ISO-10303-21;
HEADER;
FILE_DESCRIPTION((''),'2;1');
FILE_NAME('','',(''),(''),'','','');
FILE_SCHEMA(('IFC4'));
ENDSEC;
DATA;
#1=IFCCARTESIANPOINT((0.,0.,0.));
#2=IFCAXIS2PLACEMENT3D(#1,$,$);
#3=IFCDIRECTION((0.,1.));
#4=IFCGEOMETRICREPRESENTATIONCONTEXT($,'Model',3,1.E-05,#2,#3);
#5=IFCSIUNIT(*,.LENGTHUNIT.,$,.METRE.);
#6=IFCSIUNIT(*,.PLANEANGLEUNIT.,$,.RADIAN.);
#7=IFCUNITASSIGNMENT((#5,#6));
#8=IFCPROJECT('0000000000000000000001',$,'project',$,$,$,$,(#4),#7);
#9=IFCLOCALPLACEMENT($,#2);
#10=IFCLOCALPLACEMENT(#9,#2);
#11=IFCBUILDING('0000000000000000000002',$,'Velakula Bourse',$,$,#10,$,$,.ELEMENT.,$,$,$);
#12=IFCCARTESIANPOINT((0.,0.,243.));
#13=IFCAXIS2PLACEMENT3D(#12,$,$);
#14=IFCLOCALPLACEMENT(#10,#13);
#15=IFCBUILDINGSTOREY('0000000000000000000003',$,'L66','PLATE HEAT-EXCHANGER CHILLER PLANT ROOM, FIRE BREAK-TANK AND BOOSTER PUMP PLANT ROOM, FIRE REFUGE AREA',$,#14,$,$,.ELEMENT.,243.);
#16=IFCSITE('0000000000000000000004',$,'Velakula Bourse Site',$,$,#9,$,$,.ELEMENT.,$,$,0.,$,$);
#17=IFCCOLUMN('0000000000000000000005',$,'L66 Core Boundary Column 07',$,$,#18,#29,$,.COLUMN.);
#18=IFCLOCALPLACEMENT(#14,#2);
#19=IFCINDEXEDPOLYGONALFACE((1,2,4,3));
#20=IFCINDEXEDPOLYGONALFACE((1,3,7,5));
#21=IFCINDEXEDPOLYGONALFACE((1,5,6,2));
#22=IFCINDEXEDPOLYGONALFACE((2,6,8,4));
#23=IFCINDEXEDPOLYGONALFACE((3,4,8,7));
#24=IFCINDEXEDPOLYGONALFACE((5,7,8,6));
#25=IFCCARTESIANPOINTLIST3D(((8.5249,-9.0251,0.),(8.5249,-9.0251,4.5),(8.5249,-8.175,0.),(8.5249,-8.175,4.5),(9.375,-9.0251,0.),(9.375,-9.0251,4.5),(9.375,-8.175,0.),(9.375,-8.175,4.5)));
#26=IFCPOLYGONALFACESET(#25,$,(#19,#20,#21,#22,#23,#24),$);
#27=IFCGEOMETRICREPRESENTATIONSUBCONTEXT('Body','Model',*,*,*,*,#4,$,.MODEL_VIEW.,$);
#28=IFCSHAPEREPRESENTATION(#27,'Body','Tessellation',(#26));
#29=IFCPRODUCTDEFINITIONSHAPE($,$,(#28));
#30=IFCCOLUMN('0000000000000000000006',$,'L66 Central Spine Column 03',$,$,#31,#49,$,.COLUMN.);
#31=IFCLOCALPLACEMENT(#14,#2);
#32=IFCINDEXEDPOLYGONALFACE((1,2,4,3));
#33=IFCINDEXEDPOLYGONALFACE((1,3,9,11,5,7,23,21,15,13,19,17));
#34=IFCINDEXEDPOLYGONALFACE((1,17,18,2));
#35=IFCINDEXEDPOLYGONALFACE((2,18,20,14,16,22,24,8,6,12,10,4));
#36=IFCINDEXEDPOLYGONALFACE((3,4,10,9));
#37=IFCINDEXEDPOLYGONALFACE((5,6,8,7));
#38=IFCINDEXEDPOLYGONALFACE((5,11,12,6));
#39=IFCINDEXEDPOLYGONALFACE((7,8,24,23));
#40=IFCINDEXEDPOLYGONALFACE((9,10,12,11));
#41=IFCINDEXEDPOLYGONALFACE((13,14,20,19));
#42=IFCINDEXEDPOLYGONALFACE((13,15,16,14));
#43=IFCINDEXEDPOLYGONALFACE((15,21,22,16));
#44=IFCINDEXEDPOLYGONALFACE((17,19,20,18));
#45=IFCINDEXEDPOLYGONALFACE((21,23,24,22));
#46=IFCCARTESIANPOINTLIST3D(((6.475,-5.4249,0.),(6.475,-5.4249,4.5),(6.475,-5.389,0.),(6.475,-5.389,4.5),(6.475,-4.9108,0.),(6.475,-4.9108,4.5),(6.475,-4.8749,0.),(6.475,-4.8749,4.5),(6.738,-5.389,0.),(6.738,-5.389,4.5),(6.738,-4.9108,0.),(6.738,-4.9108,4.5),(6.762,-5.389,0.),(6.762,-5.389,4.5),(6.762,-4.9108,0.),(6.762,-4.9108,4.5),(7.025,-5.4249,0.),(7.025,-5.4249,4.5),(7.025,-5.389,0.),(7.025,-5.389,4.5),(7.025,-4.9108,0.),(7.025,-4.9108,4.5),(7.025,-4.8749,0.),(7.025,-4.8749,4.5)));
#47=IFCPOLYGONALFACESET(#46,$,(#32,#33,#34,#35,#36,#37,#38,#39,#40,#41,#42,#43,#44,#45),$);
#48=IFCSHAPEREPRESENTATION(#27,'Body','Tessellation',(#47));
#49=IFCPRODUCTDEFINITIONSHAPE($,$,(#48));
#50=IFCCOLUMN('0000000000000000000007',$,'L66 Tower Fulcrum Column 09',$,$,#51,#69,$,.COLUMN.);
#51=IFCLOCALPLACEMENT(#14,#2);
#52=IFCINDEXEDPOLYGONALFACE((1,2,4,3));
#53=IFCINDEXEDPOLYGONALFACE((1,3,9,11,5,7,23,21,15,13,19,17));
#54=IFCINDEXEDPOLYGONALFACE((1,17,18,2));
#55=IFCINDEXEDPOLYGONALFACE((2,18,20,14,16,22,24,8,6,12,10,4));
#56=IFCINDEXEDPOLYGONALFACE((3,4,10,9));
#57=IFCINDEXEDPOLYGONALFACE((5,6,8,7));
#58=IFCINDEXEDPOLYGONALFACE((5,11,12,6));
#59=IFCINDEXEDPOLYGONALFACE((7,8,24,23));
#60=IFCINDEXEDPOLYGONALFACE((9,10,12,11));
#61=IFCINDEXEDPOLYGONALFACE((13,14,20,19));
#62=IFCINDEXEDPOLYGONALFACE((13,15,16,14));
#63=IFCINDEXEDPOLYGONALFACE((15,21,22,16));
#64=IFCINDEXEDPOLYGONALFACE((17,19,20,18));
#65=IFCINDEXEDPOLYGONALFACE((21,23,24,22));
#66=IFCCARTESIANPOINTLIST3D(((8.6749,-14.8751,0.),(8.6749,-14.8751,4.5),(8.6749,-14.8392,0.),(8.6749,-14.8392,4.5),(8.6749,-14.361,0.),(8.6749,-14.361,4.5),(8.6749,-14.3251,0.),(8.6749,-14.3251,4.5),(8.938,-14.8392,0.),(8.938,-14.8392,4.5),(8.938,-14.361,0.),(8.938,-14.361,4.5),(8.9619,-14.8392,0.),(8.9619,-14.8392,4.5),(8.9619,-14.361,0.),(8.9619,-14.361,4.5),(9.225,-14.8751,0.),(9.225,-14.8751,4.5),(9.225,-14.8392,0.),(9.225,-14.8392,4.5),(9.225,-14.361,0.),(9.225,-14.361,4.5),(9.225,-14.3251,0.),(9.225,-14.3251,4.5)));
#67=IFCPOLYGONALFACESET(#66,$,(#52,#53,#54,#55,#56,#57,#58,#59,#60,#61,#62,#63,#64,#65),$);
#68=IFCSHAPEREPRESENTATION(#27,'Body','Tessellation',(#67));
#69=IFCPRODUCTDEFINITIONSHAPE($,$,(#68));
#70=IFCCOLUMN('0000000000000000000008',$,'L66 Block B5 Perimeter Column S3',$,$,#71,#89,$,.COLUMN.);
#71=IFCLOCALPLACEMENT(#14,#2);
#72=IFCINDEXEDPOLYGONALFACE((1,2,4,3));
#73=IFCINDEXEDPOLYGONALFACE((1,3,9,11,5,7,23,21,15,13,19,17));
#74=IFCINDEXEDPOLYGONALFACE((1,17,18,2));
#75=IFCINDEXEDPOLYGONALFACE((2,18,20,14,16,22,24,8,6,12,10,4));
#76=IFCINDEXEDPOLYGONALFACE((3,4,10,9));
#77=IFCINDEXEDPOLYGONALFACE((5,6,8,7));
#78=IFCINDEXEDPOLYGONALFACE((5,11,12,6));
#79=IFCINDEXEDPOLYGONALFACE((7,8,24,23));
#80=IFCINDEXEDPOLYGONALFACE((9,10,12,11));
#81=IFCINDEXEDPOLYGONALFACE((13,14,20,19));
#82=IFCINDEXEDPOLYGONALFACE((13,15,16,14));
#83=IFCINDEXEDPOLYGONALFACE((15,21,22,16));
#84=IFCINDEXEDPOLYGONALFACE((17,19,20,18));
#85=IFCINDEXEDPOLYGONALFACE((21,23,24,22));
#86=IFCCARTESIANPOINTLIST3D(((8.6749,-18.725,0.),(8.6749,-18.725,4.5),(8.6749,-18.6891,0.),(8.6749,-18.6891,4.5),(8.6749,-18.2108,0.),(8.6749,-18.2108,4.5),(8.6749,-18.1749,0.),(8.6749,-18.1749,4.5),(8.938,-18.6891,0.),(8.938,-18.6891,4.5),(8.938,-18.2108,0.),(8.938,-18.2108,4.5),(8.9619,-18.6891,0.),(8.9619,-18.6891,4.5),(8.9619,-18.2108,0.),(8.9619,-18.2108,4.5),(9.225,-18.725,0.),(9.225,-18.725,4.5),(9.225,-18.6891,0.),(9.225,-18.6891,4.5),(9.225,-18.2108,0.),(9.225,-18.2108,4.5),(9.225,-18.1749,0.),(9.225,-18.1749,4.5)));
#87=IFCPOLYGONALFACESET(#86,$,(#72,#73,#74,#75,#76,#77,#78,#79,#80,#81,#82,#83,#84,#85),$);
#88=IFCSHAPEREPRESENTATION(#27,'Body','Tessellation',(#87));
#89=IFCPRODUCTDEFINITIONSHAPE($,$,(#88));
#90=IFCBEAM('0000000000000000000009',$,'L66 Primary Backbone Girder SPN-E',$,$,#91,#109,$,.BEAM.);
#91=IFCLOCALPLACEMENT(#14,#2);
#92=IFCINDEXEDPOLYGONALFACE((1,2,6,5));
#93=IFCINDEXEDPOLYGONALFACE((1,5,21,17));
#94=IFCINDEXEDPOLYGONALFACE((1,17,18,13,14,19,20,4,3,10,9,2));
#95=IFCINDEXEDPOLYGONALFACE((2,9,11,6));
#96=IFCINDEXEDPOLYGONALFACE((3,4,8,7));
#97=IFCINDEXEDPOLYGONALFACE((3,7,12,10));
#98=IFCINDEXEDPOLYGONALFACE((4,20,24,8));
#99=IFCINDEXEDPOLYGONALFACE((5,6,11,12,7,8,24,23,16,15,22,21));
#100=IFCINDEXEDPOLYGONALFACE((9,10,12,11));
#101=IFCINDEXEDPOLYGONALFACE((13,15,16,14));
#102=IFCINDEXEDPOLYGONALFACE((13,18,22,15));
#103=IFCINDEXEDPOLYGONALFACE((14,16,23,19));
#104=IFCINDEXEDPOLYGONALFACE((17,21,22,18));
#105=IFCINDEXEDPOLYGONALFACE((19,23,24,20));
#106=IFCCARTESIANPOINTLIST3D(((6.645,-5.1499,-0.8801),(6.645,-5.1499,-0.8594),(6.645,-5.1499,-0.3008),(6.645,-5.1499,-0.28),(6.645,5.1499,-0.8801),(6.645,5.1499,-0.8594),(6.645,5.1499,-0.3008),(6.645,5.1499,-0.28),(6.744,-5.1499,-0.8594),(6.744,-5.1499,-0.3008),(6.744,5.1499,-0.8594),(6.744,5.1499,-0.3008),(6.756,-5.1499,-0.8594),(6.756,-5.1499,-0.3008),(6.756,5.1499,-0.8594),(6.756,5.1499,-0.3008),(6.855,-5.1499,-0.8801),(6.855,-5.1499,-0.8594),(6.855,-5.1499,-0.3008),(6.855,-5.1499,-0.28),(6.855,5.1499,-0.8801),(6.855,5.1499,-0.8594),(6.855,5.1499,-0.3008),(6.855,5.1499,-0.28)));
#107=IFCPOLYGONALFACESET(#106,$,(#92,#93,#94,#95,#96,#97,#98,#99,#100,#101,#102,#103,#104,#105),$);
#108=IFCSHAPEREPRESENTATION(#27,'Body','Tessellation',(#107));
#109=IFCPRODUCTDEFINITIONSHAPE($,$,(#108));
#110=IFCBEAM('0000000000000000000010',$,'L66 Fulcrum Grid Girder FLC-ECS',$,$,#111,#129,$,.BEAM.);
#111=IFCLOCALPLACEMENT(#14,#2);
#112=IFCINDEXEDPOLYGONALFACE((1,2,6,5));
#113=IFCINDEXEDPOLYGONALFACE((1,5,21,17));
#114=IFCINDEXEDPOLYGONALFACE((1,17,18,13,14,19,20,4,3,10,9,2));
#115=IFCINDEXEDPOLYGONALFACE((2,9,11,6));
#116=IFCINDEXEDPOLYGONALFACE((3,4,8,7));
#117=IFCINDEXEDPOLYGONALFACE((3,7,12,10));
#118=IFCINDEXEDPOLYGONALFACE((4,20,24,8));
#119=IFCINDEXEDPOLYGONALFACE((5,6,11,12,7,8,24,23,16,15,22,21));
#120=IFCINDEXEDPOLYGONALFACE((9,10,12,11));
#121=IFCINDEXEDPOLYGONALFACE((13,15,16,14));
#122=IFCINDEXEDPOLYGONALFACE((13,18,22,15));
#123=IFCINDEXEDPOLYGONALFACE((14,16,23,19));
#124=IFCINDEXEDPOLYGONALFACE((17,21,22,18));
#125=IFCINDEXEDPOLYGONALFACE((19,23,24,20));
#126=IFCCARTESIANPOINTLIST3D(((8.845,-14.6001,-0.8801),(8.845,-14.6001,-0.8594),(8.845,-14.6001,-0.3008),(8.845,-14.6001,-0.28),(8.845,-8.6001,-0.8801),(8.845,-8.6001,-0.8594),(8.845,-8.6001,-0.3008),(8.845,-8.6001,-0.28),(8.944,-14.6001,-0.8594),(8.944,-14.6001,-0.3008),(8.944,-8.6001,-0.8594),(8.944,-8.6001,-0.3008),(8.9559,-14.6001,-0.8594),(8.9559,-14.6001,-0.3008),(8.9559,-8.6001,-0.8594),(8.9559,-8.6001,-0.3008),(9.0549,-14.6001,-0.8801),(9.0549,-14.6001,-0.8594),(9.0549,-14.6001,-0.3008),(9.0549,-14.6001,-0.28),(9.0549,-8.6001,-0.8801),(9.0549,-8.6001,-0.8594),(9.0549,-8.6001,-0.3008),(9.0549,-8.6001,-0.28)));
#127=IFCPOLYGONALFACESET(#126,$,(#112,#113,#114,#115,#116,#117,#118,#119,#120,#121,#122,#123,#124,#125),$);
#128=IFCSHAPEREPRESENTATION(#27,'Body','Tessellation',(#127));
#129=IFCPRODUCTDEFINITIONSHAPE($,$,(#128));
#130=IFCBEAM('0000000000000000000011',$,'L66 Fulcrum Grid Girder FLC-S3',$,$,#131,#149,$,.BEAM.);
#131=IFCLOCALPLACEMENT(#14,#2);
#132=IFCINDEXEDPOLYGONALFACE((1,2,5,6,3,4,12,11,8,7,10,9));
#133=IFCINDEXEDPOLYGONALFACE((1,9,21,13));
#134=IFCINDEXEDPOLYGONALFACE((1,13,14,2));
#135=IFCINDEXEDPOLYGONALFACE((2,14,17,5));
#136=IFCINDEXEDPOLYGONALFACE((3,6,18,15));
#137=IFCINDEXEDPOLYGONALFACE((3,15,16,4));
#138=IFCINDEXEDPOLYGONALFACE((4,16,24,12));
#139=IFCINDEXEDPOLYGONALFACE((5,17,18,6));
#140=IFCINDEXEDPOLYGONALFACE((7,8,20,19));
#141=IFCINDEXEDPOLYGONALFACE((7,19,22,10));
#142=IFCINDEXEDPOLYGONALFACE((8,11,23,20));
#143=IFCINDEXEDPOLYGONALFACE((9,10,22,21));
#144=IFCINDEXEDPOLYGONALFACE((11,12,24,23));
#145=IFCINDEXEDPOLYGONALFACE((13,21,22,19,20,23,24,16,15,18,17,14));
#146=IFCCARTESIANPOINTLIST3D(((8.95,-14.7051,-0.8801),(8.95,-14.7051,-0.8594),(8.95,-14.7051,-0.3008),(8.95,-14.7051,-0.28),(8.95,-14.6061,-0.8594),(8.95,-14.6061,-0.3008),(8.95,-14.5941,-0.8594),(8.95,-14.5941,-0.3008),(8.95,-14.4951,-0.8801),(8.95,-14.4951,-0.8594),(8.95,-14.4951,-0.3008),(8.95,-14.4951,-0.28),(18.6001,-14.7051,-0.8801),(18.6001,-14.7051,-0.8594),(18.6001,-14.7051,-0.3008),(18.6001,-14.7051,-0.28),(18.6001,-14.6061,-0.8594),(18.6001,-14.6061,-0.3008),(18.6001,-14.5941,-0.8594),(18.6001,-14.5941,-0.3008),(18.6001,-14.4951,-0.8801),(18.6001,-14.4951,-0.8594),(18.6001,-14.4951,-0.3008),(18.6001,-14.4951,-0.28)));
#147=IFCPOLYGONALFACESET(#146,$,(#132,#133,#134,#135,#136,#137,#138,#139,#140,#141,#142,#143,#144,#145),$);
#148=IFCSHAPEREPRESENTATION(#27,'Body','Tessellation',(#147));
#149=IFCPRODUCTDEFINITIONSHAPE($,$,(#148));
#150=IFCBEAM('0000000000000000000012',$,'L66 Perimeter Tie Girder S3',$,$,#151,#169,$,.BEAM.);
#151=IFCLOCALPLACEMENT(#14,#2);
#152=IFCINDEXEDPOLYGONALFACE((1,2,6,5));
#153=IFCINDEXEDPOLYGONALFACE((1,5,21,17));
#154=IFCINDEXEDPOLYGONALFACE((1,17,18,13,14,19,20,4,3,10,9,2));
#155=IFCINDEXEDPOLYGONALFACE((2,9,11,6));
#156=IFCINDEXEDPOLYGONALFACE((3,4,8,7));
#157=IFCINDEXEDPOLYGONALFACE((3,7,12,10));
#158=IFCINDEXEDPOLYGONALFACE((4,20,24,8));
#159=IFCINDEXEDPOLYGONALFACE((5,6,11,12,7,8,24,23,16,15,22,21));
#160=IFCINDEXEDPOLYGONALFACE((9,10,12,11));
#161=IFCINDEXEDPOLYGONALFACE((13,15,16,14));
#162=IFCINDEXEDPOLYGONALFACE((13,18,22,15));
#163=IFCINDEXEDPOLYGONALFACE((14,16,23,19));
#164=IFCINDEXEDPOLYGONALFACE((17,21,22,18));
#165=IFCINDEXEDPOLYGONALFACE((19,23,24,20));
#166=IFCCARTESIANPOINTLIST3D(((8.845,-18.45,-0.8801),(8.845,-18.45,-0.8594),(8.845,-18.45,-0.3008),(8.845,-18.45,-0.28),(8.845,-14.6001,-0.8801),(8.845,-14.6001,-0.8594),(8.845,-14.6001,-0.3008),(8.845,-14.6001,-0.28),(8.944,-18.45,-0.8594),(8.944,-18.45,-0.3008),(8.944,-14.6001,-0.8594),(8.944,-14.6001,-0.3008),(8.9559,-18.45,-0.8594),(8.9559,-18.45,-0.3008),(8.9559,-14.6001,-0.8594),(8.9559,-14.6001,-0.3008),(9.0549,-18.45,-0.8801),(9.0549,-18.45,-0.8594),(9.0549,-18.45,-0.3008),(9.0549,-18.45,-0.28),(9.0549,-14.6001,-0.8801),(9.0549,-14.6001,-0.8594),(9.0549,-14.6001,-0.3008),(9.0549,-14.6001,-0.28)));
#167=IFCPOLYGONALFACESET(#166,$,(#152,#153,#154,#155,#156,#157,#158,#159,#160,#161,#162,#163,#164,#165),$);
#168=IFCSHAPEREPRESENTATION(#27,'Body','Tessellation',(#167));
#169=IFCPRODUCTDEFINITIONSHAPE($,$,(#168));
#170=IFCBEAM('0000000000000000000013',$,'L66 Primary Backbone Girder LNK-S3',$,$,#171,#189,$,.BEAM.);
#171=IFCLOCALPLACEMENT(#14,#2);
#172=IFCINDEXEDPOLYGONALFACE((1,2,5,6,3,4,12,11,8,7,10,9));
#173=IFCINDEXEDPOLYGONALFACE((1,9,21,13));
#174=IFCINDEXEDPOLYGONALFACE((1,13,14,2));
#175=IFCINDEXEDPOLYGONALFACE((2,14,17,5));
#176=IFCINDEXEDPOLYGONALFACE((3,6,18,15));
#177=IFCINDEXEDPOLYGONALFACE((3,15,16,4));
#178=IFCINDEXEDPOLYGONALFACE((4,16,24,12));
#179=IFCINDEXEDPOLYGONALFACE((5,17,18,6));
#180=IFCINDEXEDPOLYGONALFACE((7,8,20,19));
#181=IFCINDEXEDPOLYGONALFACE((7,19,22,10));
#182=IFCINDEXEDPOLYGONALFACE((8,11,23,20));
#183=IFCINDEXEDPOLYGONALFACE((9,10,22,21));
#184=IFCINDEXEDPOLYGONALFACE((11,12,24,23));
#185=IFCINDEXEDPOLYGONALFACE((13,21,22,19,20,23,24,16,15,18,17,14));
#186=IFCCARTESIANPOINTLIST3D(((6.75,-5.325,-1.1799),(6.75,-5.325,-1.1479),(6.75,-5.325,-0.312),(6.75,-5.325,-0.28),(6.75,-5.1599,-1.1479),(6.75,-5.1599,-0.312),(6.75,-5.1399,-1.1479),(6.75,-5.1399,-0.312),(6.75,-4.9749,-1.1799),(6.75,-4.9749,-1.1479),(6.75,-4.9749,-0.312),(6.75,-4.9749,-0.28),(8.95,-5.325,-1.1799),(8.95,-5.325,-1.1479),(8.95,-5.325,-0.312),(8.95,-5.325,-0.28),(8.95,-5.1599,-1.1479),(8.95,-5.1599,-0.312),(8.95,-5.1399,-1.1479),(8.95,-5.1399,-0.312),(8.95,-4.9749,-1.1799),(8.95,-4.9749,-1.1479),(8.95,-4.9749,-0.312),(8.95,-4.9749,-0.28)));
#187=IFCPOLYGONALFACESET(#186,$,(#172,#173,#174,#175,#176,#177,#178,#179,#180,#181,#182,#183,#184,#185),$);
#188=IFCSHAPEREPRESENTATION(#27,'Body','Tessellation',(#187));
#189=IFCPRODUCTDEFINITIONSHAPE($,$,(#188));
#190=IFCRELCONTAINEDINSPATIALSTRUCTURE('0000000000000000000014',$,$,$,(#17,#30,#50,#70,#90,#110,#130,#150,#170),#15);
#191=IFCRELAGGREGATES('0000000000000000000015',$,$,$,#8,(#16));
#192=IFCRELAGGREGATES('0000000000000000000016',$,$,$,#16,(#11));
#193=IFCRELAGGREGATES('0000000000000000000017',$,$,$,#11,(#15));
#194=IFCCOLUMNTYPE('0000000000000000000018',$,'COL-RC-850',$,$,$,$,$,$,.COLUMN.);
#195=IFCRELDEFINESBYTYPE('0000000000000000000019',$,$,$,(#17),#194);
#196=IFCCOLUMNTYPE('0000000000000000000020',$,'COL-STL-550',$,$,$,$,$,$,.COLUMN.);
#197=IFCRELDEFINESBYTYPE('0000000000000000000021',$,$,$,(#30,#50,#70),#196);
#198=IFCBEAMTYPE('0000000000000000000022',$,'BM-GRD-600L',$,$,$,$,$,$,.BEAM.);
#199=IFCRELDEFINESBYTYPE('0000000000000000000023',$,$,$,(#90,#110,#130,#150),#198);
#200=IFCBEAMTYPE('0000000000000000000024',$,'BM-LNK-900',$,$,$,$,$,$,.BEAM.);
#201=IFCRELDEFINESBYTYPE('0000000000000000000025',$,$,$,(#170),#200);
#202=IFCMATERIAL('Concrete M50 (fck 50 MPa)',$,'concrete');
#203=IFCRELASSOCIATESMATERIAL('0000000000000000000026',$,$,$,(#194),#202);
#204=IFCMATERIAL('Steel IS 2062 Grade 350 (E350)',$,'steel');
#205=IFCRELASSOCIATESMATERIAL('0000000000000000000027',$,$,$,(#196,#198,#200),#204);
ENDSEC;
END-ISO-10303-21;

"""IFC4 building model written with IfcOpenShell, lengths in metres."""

from ifc_helpers import new_model, si_unit, direction, frame, origin, origin_2d, place, context, subcontext, project, spatial, rectangle, i_section, extrude, material, material_profile, profile_set, type_object, element, save


model = new_model("IFC4")

# Units and contexts
model_context = context("Model", 3, precision=1e-05, world=origin(), true_north=direction((0.0, 1.0)))
body_context = subcontext(model_context, "Body", "Model", "MODEL_VIEW")
ifc_project = project(units=[si_unit("LENGTHUNIT", "METRE"), si_unit("PLANEANGLEUNIT", "RADIAN")], contexts=[model_context])

# Site, building, storey
site_placement = place(None, origin())
site = spatial("IfcSite", under=ifc_project, at=site_placement, Name="Velakula Bourse Site", CompositionType="ELEMENT", RefElevation=0.0)
building_placement = place(site_placement, origin())
building = spatial("IfcBuilding", under=site, at=building_placement, Name="Velakula Bourse", CompositionType="ELEMENT")
storey_placement = place(building_placement, frame((0.0, 0.0, 243.0)))
storey = spatial("IfcBuildingStorey", under=building, at=storey_placement, Name="L66", Description="PLATE HEAT-EXCHANGER CHILLER PLANT ROOM, FIRE BREAK-TANK AND BOOSTER PUMP PLANT ROOM, FIRE REFUGE AREA", CompositionType="ELEMENT", Elevation=243.0)

# Columns
ifc_material_1 = material(Name="Concrete M50 (fck 50 MPa)", Category="concrete")
ifc_material_profile_1 = material_profile(ifc_material_1, rectangle(XDim=0.8501, YDim=0.8501, at=origin_2d()), Name="Concrete M50 (fck 50 MPa)")
ifc_profile_set_1 = profile_set([ifc_material_profile_1], Name="Concrete M50 (fck 50 MPa)")
column_type_1 = type_object("IfcColumnType", Name="COL-RC-850", PredefinedType="COLUMN", material=ifc_profile_set_1)
column_placement = place(storey_placement, frame((8.95, -8.6001, 0.0), z_axis=(0.0, 0.0, 1.0), x_axis=(1.0, 0.0, 0.0)))
element("IfcColumn", 1, at=column_placement, inside=storey, type_object=column_type_1, Name="L66 Core Boundary Column 07", PredefinedType="COLUMN", context=body_context, shape_type="SweptSolid", body=[
    extrude(rectangle(XDim=0.8501, YDim=0.8501, at=origin_2d()), origin(), (0.0, 0.0, 1.0), 4.5),
])
ifc_material_2 = material(Name="Steel IS 2062 Grade 350 (E350)", Category="steel")
ifc_material_profile_2 = material_profile(ifc_material_2, i_section(OverallWidth=0.55, OverallDepth=0.55, WebThickness=0.0239, FlangeThickness=0.0359, at=origin_2d()), Name="Steel IS 2062 Grade 350 (E350)")
ifc_profile_set_2 = profile_set([ifc_material_profile_2], Name="Steel IS 2062 Grade 350 (E350)")
column_type_2 = type_object("IfcColumnType", Name="COL-STL-550", PredefinedType="COLUMN", material=ifc_profile_set_2)
for number, where, z_axis, x_axis, name in (
    (2, (6.75, -5.1499, 0.0), (0.0, 0.0, 1.0), (1.0, 0.0, 0.0), "L66 Central Spine Column 03"),
    (3, (8.95, -14.6001, 0.0), (0.0, 0.0, 1.0), (1.0, 0.0, 0.0), "L66 Tower Fulcrum Column 09"),
    (4, (8.95, -18.45, 0.0), (0.0, 0.0, 1.0), (1.0, 0.0, 0.0), "L66 Block B5 Perimeter Column S3"),
):
    element("IfcColumn", number, at=place(storey_placement, frame(where, z_axis=z_axis, x_axis=x_axis)), inside=storey, type_object=column_type_2, Name=name, PredefinedType="COLUMN", context=body_context, shape_type="SweptSolid", body=[
        extrude(i_section(OverallWidth=0.55, OverallDepth=0.55, WebThickness=0.0239, FlangeThickness=0.0359, at=origin_2d()), origin(), (0.0, 0.0, 1.0), 4.5),
    ])

# Beams
ifc_material_profile_3 = material_profile(ifc_material_2, i_section(OverallWidth=0.21, OverallDepth=0.6001, WebThickness=0.012, FlangeThickness=0.0208, at=origin_2d()), Name="Steel IS 2062 Grade 350 (E350)")
ifc_profile_set_3 = profile_set([ifc_material_profile_3], Name="Steel IS 2062 Grade 350 (E350)")
beam_type_1 = type_object("IfcBeamType", Name="BM-GRD-600L", PredefinedType="BEAM", material=ifc_profile_set_3)
beam_1_placement = place(storey_placement, frame((6.75, -5.1499, -0.5801), z_axis=(0.0, 1.0, 0.0), x_axis=(-1.0, 0.0, 0.0)))
element("IfcBeam", 5, at=beam_1_placement, inside=storey, type_object=beam_type_1, Name="L66 Primary Backbone Girder SPN-E", PredefinedType="BEAM", context=body_context, shape_type="SweptSolid", body=[
    extrude(i_section(OverallWidth=0.21, OverallDepth=0.6001, WebThickness=0.012, FlangeThickness=0.0208, at=origin_2d()), origin(), (0.0, 0.0, 1.0), 10.2998),
])
beam_2_placement = place(storey_placement, frame((8.95, -14.6001, -0.5801), z_axis=(0.0, 1.0, 0.0), x_axis=(-1.0, 0.0, 0.0)))
element("IfcBeam", 6, at=beam_2_placement, inside=storey, type_object=beam_type_1, Name="L66 Fulcrum Grid Girder FLC-ECS", PredefinedType="BEAM", context=body_context, shape_type="SweptSolid", body=[
    extrude(i_section(OverallWidth=0.21, OverallDepth=0.6001, WebThickness=0.012, FlangeThickness=0.0208, at=origin_2d()), origin(), (0.0, 0.0, 1.0), 6.0),
])
beam_3_placement = place(storey_placement, frame((8.95, -14.6001, -0.5801), z_axis=(1.0, 0.0, 0.0), x_axis=(0.0, 1.0, 0.0)))
element("IfcBeam", 7, at=beam_3_placement, inside=storey, type_object=beam_type_1, Name="L66 Fulcrum Grid Girder FLC-S3", PredefinedType="BEAM", context=body_context, shape_type="SweptSolid", body=[
    extrude(i_section(OverallWidth=0.21, OverallDepth=0.6001, WebThickness=0.012, FlangeThickness=0.0208, at=origin_2d()), origin(), (0.0, 0.0, 1.0), 9.6501),
])
beam_4_placement = place(storey_placement, frame((8.95, -14.6001, -0.5801), z_axis=(0.0, -1.0, 0.0), x_axis=(1.0, 0.0, 0.0)))
element("IfcBeam", 8, at=beam_4_placement, inside=storey, type_object=beam_type_1, Name="L66 Perimeter Tie Girder S3", PredefinedType="BEAM", context=body_context, shape_type="SweptSolid", body=[
    extrude(i_section(OverallWidth=0.21, OverallDepth=0.6001, WebThickness=0.012, FlangeThickness=0.0208, at=origin_2d()), origin(), (0.0, 0.0, 1.0), 3.8499),
])
ifc_material_profile_4 = material_profile(ifc_material_2, i_section(OverallWidth=0.3501, OverallDepth=0.8999, WebThickness=0.02, FlangeThickness=0.032, at=origin_2d()), Name="Steel IS 2062 Grade 350 (E350)")
ifc_profile_set_4 = profile_set([ifc_material_profile_4], Name="Steel IS 2062 Grade 350 (E350)")
beam_type_2 = type_object("IfcBeamType", Name="BM-LNK-900", PredefinedType="BEAM", material=ifc_profile_set_4)
beam_5_placement = place(storey_placement, frame((6.75, -5.1499, -0.73), z_axis=(1.0, 0.0, 0.0), x_axis=(0.0, 1.0, 0.0)))
element("IfcBeam", 9, at=beam_5_placement, inside=storey, type_object=beam_type_2, Name="L66 Primary Backbone Girder LNK-S3", PredefinedType="BEAM", context=body_context, shape_type="SweptSolid", body=[
    extrude(i_section(OverallWidth=0.3501, OverallDepth=0.8999, WebThickness=0.02, FlangeThickness=0.032, at=origin_2d()), origin(), (0.0, 0.0, 1.0), 2.2),
])

save(model, "model.ifc")
